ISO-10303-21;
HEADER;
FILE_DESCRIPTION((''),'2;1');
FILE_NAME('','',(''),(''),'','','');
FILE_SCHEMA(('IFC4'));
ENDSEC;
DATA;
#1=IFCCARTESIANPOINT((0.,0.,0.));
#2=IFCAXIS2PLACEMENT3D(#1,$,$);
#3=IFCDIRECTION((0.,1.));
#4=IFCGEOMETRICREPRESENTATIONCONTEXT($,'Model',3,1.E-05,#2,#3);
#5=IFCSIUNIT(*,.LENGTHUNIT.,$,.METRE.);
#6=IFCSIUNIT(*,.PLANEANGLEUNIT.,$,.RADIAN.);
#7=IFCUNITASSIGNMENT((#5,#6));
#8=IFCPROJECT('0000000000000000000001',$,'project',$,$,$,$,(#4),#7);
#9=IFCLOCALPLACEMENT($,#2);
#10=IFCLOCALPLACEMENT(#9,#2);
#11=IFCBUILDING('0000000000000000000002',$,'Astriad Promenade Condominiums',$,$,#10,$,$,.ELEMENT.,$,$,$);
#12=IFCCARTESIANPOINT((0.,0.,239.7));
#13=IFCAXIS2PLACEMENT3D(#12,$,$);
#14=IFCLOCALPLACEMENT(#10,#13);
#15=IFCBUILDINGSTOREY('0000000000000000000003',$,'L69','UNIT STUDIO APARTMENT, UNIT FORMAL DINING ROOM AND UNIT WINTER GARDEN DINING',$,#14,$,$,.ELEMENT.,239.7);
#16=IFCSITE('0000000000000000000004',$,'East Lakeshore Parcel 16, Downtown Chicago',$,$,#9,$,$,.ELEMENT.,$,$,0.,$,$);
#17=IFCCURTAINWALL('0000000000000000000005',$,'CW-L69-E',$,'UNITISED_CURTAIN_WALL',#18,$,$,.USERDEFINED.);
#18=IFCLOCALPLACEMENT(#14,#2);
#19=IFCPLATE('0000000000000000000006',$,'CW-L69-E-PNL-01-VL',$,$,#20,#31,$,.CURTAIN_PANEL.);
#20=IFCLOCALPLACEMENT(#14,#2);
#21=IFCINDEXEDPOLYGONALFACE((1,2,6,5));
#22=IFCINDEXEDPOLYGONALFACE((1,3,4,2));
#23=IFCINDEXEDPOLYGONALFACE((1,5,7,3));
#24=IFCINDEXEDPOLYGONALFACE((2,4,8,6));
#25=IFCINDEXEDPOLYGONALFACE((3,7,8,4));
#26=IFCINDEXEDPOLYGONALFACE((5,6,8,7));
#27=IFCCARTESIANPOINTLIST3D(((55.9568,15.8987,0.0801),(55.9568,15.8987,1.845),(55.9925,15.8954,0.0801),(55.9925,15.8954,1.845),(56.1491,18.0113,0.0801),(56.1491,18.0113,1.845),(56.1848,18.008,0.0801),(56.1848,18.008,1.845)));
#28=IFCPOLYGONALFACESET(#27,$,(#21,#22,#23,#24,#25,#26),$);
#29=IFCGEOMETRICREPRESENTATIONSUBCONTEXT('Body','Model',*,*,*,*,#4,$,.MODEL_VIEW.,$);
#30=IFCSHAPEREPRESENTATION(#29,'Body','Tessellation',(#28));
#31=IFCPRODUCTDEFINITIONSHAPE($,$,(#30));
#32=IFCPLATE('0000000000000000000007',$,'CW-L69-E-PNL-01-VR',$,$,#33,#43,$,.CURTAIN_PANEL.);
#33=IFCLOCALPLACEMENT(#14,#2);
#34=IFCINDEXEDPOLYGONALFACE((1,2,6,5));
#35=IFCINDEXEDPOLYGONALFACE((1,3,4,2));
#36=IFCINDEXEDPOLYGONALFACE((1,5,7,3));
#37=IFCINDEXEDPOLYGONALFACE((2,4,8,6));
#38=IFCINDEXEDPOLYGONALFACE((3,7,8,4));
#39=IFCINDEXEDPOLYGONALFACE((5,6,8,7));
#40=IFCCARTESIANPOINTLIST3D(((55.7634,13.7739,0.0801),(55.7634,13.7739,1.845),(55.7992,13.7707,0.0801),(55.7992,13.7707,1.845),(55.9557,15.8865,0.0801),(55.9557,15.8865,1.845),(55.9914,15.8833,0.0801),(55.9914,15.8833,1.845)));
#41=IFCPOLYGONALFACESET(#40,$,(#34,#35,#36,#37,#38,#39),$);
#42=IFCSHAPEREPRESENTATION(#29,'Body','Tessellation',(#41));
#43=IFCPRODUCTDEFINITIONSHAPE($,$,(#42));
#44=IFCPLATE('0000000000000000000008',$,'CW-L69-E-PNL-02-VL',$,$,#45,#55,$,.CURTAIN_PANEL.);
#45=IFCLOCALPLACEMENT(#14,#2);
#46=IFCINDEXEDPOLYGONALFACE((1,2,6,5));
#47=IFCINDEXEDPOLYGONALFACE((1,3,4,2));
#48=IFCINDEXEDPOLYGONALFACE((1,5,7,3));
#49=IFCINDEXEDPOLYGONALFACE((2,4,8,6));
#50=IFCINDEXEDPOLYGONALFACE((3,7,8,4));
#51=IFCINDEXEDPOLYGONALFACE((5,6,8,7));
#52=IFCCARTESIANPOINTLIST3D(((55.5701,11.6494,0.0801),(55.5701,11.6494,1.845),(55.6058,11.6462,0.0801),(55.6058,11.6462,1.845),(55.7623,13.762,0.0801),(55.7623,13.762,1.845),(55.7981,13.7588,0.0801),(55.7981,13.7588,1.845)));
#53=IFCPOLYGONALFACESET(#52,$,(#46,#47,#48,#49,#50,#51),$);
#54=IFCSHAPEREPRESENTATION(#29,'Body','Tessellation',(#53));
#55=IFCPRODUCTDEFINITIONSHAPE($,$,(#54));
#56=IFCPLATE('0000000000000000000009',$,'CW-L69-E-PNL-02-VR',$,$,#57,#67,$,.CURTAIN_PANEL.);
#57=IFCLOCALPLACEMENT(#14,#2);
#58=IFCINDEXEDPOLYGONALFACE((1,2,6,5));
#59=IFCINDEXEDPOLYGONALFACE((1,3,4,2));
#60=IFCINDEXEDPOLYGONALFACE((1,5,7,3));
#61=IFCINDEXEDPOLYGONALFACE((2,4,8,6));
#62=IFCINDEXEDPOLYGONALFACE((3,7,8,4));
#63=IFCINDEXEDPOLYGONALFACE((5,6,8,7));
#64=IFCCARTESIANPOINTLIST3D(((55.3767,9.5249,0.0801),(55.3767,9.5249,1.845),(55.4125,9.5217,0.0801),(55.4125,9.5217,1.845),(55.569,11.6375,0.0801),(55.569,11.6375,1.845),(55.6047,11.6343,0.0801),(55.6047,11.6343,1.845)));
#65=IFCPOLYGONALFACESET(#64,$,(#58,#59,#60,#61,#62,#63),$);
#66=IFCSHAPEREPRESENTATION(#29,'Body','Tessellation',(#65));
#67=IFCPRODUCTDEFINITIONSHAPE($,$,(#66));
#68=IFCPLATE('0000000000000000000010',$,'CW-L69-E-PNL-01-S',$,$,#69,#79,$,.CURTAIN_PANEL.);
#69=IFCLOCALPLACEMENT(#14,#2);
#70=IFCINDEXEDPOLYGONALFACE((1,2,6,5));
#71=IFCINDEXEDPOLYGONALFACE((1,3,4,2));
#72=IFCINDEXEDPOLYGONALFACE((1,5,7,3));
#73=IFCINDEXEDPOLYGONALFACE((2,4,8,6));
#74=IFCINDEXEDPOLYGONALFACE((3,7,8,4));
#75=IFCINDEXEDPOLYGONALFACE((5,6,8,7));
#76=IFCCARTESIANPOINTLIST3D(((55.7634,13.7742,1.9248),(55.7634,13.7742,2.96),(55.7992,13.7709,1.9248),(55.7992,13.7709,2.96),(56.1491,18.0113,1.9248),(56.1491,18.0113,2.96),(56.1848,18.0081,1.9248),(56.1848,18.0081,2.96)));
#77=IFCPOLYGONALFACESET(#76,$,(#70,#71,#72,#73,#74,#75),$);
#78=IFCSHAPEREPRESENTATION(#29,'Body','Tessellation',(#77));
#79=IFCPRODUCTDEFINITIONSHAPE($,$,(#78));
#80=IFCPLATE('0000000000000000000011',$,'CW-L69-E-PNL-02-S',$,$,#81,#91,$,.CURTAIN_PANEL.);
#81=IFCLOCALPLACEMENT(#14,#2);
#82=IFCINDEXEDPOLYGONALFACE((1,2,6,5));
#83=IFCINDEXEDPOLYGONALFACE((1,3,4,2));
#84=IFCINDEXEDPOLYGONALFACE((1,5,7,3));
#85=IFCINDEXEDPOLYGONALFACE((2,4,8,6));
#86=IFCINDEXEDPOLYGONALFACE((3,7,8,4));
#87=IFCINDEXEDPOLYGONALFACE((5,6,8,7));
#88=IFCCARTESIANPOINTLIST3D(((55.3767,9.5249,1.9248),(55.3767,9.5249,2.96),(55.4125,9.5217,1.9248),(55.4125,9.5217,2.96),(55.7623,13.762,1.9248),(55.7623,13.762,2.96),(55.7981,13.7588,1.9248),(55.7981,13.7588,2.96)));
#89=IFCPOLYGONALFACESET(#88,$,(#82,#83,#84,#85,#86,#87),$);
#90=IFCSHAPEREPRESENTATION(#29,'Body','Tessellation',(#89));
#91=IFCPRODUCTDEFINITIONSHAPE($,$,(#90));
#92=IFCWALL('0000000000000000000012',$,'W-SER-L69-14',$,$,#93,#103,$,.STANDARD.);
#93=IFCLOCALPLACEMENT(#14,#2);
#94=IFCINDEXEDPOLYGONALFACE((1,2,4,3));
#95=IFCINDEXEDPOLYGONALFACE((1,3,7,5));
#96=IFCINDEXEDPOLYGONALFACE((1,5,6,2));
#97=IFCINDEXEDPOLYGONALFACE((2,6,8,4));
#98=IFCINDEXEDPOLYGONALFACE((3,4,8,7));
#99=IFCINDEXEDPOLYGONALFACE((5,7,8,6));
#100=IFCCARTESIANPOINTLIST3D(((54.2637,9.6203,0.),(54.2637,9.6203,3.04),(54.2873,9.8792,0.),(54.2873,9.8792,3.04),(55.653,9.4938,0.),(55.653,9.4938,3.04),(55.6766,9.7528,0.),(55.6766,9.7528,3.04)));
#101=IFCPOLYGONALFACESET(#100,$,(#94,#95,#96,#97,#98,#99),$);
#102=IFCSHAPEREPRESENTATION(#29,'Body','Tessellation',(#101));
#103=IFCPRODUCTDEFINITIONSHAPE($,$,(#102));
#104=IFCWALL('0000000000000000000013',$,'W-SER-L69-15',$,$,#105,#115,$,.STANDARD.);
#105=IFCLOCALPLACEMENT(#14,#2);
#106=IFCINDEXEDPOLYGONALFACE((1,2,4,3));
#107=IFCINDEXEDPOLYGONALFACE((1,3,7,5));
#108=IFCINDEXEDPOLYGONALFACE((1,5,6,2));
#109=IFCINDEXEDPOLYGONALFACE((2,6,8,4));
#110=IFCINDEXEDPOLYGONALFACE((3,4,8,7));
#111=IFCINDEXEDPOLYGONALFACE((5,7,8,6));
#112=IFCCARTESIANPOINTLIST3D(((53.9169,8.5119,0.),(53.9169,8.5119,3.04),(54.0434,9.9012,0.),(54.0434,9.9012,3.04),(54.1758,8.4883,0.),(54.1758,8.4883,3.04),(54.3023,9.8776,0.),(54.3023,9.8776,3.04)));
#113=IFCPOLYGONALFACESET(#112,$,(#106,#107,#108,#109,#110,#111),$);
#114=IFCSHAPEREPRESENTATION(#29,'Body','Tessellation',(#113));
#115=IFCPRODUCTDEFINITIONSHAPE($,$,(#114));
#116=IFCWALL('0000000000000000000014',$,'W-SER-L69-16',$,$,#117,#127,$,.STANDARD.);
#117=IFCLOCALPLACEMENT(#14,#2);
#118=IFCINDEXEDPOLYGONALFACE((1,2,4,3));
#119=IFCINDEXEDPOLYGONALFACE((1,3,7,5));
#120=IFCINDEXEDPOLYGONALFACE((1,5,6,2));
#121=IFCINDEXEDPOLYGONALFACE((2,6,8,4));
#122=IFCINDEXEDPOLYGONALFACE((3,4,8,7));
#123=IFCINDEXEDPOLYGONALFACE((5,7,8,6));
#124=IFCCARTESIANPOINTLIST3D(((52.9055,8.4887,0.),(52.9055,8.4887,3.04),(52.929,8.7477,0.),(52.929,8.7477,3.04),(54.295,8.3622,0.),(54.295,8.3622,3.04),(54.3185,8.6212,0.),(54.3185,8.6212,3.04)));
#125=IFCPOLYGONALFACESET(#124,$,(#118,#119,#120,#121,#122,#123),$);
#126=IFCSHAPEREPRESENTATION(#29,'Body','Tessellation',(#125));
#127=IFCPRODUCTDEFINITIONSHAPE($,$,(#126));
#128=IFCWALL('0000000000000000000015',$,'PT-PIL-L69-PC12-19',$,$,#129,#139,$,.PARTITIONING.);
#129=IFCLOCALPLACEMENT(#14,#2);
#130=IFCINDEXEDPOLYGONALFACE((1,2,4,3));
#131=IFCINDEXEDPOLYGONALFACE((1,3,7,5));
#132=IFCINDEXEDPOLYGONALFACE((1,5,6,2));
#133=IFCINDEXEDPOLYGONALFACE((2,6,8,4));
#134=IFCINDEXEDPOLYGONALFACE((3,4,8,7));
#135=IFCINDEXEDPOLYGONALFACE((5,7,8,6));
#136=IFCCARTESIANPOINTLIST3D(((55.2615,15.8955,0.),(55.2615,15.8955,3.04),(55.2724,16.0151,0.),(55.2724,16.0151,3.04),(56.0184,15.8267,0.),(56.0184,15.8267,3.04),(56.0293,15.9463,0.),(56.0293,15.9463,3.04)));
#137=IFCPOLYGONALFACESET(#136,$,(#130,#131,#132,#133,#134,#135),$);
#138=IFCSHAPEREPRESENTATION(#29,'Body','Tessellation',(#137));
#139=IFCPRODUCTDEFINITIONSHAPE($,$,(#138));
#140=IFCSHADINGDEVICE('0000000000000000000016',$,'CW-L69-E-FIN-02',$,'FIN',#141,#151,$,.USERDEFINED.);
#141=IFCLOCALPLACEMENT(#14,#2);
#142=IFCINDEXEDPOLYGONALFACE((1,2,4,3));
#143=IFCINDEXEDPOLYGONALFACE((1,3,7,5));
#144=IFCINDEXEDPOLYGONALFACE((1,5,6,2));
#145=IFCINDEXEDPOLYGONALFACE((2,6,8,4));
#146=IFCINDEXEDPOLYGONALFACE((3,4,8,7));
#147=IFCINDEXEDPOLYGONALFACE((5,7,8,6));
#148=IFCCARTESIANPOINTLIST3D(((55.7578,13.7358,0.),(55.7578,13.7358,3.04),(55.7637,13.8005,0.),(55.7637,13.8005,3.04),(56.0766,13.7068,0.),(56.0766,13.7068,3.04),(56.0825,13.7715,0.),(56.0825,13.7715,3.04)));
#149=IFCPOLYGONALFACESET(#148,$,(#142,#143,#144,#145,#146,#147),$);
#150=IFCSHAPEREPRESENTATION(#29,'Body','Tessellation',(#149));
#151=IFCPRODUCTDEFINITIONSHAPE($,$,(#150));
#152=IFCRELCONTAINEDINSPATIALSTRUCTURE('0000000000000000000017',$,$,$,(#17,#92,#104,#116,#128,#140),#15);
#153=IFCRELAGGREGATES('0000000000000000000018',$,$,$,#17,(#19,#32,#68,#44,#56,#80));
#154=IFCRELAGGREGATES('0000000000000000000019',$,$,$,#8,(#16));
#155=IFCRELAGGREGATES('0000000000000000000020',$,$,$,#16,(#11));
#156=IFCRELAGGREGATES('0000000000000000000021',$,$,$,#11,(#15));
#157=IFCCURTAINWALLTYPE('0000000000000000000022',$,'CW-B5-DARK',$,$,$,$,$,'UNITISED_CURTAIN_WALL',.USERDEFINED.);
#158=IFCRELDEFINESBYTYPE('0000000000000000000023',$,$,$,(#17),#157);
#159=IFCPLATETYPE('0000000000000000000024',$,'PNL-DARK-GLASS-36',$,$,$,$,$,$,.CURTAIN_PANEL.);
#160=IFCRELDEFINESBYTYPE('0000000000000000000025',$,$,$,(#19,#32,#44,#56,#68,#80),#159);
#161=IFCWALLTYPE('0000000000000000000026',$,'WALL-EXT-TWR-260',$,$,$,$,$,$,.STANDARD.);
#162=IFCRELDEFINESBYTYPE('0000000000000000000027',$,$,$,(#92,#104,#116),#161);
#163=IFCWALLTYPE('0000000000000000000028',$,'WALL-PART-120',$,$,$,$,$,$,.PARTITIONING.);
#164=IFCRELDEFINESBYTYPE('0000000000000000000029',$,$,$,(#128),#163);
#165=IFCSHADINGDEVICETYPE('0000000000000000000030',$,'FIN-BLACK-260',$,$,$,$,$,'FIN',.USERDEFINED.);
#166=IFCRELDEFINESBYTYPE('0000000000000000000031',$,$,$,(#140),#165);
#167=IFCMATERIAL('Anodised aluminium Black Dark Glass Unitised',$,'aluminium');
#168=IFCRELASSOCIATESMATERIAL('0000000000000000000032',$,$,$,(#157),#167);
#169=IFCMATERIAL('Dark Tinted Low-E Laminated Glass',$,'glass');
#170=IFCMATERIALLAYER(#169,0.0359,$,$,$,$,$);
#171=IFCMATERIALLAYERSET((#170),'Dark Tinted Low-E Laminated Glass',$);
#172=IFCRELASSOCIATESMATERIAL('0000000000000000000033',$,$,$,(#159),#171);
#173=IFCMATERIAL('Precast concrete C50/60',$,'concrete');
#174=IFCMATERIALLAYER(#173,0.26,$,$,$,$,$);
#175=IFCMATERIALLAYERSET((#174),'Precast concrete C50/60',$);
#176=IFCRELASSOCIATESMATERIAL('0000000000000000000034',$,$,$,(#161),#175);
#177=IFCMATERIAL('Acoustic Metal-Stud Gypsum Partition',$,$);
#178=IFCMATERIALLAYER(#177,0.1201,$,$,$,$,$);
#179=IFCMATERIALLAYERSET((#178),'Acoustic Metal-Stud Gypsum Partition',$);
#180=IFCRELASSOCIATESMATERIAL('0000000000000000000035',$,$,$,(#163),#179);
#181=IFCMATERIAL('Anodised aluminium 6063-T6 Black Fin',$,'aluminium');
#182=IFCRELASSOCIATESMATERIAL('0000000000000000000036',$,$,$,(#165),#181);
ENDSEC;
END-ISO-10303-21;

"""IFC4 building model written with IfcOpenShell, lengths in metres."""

from ifc_helpers import new_model, si_unit, direction, frame, frame_2d, origin, origin_2d, place, context, subcontext, project, spatial, rectangle, extrude, source, transform, mapped, material, layer, layer_set, type_object, type_shapes, element, aggregate, save


model = new_model("IFC4")

# Units and contexts
model_context = context("Model", 3, precision=1e-05, world=origin(), true_north=direction((0.0, 1.0)))
body_context = subcontext(model_context, "Body", "Model", "MODEL_VIEW")
ifc_project = project(units=[si_unit("LENGTHUNIT", "METRE"), si_unit("PLANEANGLEUNIT", "RADIAN")], contexts=[model_context])

# Site, building, storey
site_placement = place(None, origin())
site = spatial("IfcSite", under=ifc_project, at=site_placement, Name="East Lakeshore Parcel 16, Downtown Chicago", CompositionType="ELEMENT", RefElevation=0.0)
building_placement = place(site_placement, origin())
building = spatial("IfcBuilding", under=site, at=building_placement, Name="Astriad Promenade Condominiums", CompositionType="ELEMENT")
storey_placement = place(building_placement, frame((0.0, 0.0, 239.7)))
storey = spatial("IfcBuildingStorey", under=building, at=storey_placement, Name="L69", Description="UNIT STUDIO APARTMENT, UNIT FORMAL DINING ROOM AND UNIT WINTER GARDEN DINING", CompositionType="ELEMENT", Elevation=239.7)

# Curtain wall, plates
ifc_material_1 = material(Name="Anodised aluminium Black Dark Glass Unitised", Category="aluminium")
curtain_wall_type = type_object("IfcCurtainWallType", Name="CW-B5-DARK", ElementType="UNITISED_CURTAIN_WALL", PredefinedType="USERDEFINED", material=ifc_material_1)
curtain_wall_placement = place(storey_placement, origin())
curtain_wall = element("IfcCurtainWall", 1, at=curtain_wall_placement, inside=storey, type_object=curtain_wall_type, Name="CW-L69-E", ObjectType="UNITISED_CURTAIN_WALL", PredefinedType="USERDEFINED")
ifc_material_2 = material(Name="Dark Tinted Low-E Laminated Glass", Category="glass")
ifc_layer_1 = layer(ifc_material_2, 0.0359)
ifc_layer_set_1 = layer_set([ifc_layer_1], Name="Dark Tinted Low-E Laminated Glass")
plate_type = type_object("IfcPlateType", Name="PNL-DARK-GLASS-36", PredefinedType="CURTAIN_PANEL", material=ifc_layer_set_1)
shared_shape_1 = source(origin(), body_context, "Body", "SweptSolid", [
    extrude(rectangle(XDim=2.1213, YDim=0.0359, at=origin_2d()), origin(), (0.0, 0.0, 1.0), 1.7649),
])
plate_1_placement = place(storey_placement, frame((56.0708, 16.9534, 0.0801), z_axis=(0.0, 0.0, 1.0), x_axis=(-0.090633, -0.995884, 0.0)))
plate_1 = element("IfcPlate", 2, at=plate_1_placement, type_object=plate_type, Name="CW-L69-E-PNL-01-VL", PredefinedType="CURTAIN_PANEL", context=body_context, shape_type="MappedRepresentation", body=[
    mapped(shared_shape_1, transform((0.0, 0.0, 0.0), scale=1.0)),
])
plate_2_placement = place(storey_placement, frame((55.8774, 14.8286, 0.0801), z_axis=(0.0, 0.0, 1.0), x_axis=(-0.090633, -0.995884, 0.0)))
plate_2 = element("IfcPlate", 3, at=plate_2_placement, type_object=plate_type, Name="CW-L69-E-PNL-01-VR", PredefinedType="CURTAIN_PANEL", context=body_context, shape_type="MappedRepresentation", body=[
    mapped(shared_shape_1, transform((0.0, 0.0, 0.0), scale=1.0)),
])
plate_3_placement = place(storey_placement, frame((55.6841, 12.7041, 0.0801), z_axis=(0.0, 0.0, 1.0), x_axis=(-0.090633, -0.995884, 0.0)))
plate_3 = element("IfcPlate", 4, at=plate_3_placement, type_object=plate_type, Name="CW-L69-E-PNL-02-VL", PredefinedType="CURTAIN_PANEL", context=body_context, shape_type="MappedRepresentation", body=[
    mapped(shared_shape_1, transform((0.0, 0.0, 0.0), scale=1.0)),
])
plate_4_placement = place(storey_placement, frame((55.4907, 10.5796, 0.0801), z_axis=(0.0, 0.0, 1.0), x_axis=(-0.090633, -0.995884, 0.0)))
plate_4 = element("IfcPlate", 5, at=plate_4_placement, type_object=plate_type, Name="CW-L69-E-PNL-02-VR", PredefinedType="CURTAIN_PANEL", context=body_context, shape_type="MappedRepresentation", body=[
    mapped(shared_shape_1, transform((0.0, 0.0, 0.0), scale=1.0)),
])
shared_shape_2 = source(origin(), body_context, "Body", "SweptSolid", [
    extrude(rectangle(XDim=4.2546, YDim=0.0359, at=origin_2d()), origin(), (0.0, 0.0, 1.0), 1.0352),
])
type_shapes(plate_type, [shared_shape_1, shared_shape_2])
plate_5_placement = place(storey_placement, frame((55.9741, 15.8911, 1.9248), z_axis=(0.0, 0.0, 1.0), x_axis=(-0.090633, -0.995884, 0.0)))
plate_5 = element("IfcPlate", 6, at=plate_5_placement, type_object=plate_type, Name="CW-L69-E-PNL-01-S", PredefinedType="CURTAIN_PANEL", context=body_context, shape_type="MappedRepresentation", body=[
    mapped(shared_shape_2, transform((0.0, 0.0, 0.0), scale=1.0)),
])
plate_6_placement = place(storey_placement, frame((55.5874, 11.6418, 1.9248), z_axis=(0.0, 0.0, 1.0), x_axis=(-0.090633, -0.995884, 0.0)))
plate_6 = element("IfcPlate", 7, at=plate_6_placement, type_object=plate_type, Name="CW-L69-E-PNL-02-S", PredefinedType="CURTAIN_PANEL", context=body_context, shape_type="MappedRepresentation", body=[
    mapped(shared_shape_2, transform((0.0, 0.0, 0.0), scale=1.0)),
])
aggregate(curtain_wall, [plate_1, plate_2, plate_5, plate_3, plate_4, plate_6])

# Walls
ifc_material_3 = material(Name="Precast concrete C50/60", Category="concrete")
ifc_layer_2 = layer(ifc_material_3, 0.26)
ifc_layer_set_2 = layer_set([ifc_layer_2], Name="Precast concrete C50/60")
wall_type_1 = type_object("IfcWallType", Name="WALL-EXT-TWR-260", PredefinedType="STANDARD", material=ifc_layer_set_2)
for number, where, z_axis, x_axis, name in (
    (8, (55.6648, 9.6233, 0.0), (0.0, 0.0, 1.0), (-0.995882, 0.090662, 0.0), "W-SER-L69-14"),
    (9, (54.1729, 9.8894, 0.0), (0.0, 0.0, 1.0), (-0.090662, -0.995882, 0.0), "W-SER-L69-15"),
):
    element("IfcWall", number, at=place(storey_placement, frame(where, z_axis=z_axis, x_axis=x_axis)), inside=storey, type_object=wall_type_1, Name=name, PredefinedType="STANDARD", context=body_context, shape_type="SweptSolid", body=[
        extrude(rectangle(XDim=1.395, YDim=0.26, at=frame_2d((0.6975, 0.0))), origin(), (0.0, 0.0, 1.0), 3.04),
    ])
wall_1_placement = place(storey_placement, frame((54.3069, 8.4917, 0.0), z_axis=(0.0, 0.0, 1.0), x_axis=(-0.995883, 0.090646, 0.0)))
element("IfcWall", 10, at=wall_1_placement, inside=storey, type_object=wall_type_1, Name="W-SER-L69-16", PredefinedType="STANDARD", context=body_context, shape_type="SweptSolid", body=[
    extrude(rectangle(XDim=1.3953, YDim=0.26, at=frame_2d((0.6978, 0.0))), origin(), (0.0, 0.0, 1.0), 3.04),
])
ifc_material_4 = material(Name="Acoustic Metal-Stud Gypsum Partition")
ifc_layer_3 = layer(ifc_material_4, 0.1201)
ifc_layer_set_3 = layer_set([ifc_layer_3], Name="Acoustic Metal-Stud Gypsum Partition")
wall_type_2 = type_object("IfcWallType", Name="WALL-PART-120", PredefinedType="PARTITIONING", material=ifc_layer_set_3)
wall_2_placement = place(storey_placement, frame((55.2671, 15.9553, 0.0), z_axis=(0.0, 0.0, 1.0), x_axis=(0.995888, -0.090594, 0.0)))
element("IfcWall", 11, at=wall_2_placement, inside=storey, type_object=wall_type_2, Name="PT-PIL-L69-PC12-19", PredefinedType="PARTITIONING", context=body_context, shape_type="SweptSolid", body=[
    extrude(rectangle(XDim=0.76, YDim=0.1201, at=frame_2d((0.3799, 0.0))), origin(), (0.0, 0.0, 1.0), 3.04),
])

# Shading device
ifc_material_5 = material(Name="Anodised aluminium 6063-T6 Black Fin", Category="aluminium")
shading_device_type = type_object("IfcShadingDeviceType", Name="FIN-BLACK-260", ElementType="FIN", PredefinedType="USERDEFINED", material=ifc_material_5)
shared_shape_3 = source(origin(), body_context, "Body", "SweptSolid", [
    extrude(rectangle(XDim=0.0649, YDim=0.3201, at=origin_2d()), origin(), (0.0, 0.0, 1.0), 3.04),
])
type_shapes(shading_device_type, [shared_shape_3])
shading_device_placement = place(storey_placement, frame((55.9202, 13.7537, 0.0), z_axis=(0.0, 0.0, 1.0), x_axis=(-0.090633, -0.995884, 0.0)))
element("IfcShadingDevice", 12, at=shading_device_placement, inside=storey, type_object=shading_device_type, Name="CW-L69-E-FIN-02", ObjectType="FIN", PredefinedType="USERDEFINED", context=body_context, shape_type="MappedRepresentation", body=[
    mapped(shared_shape_3, transform((0.0, 0.0, 0.0), scale=1.0)),
])

save(model, "model.ifc")
